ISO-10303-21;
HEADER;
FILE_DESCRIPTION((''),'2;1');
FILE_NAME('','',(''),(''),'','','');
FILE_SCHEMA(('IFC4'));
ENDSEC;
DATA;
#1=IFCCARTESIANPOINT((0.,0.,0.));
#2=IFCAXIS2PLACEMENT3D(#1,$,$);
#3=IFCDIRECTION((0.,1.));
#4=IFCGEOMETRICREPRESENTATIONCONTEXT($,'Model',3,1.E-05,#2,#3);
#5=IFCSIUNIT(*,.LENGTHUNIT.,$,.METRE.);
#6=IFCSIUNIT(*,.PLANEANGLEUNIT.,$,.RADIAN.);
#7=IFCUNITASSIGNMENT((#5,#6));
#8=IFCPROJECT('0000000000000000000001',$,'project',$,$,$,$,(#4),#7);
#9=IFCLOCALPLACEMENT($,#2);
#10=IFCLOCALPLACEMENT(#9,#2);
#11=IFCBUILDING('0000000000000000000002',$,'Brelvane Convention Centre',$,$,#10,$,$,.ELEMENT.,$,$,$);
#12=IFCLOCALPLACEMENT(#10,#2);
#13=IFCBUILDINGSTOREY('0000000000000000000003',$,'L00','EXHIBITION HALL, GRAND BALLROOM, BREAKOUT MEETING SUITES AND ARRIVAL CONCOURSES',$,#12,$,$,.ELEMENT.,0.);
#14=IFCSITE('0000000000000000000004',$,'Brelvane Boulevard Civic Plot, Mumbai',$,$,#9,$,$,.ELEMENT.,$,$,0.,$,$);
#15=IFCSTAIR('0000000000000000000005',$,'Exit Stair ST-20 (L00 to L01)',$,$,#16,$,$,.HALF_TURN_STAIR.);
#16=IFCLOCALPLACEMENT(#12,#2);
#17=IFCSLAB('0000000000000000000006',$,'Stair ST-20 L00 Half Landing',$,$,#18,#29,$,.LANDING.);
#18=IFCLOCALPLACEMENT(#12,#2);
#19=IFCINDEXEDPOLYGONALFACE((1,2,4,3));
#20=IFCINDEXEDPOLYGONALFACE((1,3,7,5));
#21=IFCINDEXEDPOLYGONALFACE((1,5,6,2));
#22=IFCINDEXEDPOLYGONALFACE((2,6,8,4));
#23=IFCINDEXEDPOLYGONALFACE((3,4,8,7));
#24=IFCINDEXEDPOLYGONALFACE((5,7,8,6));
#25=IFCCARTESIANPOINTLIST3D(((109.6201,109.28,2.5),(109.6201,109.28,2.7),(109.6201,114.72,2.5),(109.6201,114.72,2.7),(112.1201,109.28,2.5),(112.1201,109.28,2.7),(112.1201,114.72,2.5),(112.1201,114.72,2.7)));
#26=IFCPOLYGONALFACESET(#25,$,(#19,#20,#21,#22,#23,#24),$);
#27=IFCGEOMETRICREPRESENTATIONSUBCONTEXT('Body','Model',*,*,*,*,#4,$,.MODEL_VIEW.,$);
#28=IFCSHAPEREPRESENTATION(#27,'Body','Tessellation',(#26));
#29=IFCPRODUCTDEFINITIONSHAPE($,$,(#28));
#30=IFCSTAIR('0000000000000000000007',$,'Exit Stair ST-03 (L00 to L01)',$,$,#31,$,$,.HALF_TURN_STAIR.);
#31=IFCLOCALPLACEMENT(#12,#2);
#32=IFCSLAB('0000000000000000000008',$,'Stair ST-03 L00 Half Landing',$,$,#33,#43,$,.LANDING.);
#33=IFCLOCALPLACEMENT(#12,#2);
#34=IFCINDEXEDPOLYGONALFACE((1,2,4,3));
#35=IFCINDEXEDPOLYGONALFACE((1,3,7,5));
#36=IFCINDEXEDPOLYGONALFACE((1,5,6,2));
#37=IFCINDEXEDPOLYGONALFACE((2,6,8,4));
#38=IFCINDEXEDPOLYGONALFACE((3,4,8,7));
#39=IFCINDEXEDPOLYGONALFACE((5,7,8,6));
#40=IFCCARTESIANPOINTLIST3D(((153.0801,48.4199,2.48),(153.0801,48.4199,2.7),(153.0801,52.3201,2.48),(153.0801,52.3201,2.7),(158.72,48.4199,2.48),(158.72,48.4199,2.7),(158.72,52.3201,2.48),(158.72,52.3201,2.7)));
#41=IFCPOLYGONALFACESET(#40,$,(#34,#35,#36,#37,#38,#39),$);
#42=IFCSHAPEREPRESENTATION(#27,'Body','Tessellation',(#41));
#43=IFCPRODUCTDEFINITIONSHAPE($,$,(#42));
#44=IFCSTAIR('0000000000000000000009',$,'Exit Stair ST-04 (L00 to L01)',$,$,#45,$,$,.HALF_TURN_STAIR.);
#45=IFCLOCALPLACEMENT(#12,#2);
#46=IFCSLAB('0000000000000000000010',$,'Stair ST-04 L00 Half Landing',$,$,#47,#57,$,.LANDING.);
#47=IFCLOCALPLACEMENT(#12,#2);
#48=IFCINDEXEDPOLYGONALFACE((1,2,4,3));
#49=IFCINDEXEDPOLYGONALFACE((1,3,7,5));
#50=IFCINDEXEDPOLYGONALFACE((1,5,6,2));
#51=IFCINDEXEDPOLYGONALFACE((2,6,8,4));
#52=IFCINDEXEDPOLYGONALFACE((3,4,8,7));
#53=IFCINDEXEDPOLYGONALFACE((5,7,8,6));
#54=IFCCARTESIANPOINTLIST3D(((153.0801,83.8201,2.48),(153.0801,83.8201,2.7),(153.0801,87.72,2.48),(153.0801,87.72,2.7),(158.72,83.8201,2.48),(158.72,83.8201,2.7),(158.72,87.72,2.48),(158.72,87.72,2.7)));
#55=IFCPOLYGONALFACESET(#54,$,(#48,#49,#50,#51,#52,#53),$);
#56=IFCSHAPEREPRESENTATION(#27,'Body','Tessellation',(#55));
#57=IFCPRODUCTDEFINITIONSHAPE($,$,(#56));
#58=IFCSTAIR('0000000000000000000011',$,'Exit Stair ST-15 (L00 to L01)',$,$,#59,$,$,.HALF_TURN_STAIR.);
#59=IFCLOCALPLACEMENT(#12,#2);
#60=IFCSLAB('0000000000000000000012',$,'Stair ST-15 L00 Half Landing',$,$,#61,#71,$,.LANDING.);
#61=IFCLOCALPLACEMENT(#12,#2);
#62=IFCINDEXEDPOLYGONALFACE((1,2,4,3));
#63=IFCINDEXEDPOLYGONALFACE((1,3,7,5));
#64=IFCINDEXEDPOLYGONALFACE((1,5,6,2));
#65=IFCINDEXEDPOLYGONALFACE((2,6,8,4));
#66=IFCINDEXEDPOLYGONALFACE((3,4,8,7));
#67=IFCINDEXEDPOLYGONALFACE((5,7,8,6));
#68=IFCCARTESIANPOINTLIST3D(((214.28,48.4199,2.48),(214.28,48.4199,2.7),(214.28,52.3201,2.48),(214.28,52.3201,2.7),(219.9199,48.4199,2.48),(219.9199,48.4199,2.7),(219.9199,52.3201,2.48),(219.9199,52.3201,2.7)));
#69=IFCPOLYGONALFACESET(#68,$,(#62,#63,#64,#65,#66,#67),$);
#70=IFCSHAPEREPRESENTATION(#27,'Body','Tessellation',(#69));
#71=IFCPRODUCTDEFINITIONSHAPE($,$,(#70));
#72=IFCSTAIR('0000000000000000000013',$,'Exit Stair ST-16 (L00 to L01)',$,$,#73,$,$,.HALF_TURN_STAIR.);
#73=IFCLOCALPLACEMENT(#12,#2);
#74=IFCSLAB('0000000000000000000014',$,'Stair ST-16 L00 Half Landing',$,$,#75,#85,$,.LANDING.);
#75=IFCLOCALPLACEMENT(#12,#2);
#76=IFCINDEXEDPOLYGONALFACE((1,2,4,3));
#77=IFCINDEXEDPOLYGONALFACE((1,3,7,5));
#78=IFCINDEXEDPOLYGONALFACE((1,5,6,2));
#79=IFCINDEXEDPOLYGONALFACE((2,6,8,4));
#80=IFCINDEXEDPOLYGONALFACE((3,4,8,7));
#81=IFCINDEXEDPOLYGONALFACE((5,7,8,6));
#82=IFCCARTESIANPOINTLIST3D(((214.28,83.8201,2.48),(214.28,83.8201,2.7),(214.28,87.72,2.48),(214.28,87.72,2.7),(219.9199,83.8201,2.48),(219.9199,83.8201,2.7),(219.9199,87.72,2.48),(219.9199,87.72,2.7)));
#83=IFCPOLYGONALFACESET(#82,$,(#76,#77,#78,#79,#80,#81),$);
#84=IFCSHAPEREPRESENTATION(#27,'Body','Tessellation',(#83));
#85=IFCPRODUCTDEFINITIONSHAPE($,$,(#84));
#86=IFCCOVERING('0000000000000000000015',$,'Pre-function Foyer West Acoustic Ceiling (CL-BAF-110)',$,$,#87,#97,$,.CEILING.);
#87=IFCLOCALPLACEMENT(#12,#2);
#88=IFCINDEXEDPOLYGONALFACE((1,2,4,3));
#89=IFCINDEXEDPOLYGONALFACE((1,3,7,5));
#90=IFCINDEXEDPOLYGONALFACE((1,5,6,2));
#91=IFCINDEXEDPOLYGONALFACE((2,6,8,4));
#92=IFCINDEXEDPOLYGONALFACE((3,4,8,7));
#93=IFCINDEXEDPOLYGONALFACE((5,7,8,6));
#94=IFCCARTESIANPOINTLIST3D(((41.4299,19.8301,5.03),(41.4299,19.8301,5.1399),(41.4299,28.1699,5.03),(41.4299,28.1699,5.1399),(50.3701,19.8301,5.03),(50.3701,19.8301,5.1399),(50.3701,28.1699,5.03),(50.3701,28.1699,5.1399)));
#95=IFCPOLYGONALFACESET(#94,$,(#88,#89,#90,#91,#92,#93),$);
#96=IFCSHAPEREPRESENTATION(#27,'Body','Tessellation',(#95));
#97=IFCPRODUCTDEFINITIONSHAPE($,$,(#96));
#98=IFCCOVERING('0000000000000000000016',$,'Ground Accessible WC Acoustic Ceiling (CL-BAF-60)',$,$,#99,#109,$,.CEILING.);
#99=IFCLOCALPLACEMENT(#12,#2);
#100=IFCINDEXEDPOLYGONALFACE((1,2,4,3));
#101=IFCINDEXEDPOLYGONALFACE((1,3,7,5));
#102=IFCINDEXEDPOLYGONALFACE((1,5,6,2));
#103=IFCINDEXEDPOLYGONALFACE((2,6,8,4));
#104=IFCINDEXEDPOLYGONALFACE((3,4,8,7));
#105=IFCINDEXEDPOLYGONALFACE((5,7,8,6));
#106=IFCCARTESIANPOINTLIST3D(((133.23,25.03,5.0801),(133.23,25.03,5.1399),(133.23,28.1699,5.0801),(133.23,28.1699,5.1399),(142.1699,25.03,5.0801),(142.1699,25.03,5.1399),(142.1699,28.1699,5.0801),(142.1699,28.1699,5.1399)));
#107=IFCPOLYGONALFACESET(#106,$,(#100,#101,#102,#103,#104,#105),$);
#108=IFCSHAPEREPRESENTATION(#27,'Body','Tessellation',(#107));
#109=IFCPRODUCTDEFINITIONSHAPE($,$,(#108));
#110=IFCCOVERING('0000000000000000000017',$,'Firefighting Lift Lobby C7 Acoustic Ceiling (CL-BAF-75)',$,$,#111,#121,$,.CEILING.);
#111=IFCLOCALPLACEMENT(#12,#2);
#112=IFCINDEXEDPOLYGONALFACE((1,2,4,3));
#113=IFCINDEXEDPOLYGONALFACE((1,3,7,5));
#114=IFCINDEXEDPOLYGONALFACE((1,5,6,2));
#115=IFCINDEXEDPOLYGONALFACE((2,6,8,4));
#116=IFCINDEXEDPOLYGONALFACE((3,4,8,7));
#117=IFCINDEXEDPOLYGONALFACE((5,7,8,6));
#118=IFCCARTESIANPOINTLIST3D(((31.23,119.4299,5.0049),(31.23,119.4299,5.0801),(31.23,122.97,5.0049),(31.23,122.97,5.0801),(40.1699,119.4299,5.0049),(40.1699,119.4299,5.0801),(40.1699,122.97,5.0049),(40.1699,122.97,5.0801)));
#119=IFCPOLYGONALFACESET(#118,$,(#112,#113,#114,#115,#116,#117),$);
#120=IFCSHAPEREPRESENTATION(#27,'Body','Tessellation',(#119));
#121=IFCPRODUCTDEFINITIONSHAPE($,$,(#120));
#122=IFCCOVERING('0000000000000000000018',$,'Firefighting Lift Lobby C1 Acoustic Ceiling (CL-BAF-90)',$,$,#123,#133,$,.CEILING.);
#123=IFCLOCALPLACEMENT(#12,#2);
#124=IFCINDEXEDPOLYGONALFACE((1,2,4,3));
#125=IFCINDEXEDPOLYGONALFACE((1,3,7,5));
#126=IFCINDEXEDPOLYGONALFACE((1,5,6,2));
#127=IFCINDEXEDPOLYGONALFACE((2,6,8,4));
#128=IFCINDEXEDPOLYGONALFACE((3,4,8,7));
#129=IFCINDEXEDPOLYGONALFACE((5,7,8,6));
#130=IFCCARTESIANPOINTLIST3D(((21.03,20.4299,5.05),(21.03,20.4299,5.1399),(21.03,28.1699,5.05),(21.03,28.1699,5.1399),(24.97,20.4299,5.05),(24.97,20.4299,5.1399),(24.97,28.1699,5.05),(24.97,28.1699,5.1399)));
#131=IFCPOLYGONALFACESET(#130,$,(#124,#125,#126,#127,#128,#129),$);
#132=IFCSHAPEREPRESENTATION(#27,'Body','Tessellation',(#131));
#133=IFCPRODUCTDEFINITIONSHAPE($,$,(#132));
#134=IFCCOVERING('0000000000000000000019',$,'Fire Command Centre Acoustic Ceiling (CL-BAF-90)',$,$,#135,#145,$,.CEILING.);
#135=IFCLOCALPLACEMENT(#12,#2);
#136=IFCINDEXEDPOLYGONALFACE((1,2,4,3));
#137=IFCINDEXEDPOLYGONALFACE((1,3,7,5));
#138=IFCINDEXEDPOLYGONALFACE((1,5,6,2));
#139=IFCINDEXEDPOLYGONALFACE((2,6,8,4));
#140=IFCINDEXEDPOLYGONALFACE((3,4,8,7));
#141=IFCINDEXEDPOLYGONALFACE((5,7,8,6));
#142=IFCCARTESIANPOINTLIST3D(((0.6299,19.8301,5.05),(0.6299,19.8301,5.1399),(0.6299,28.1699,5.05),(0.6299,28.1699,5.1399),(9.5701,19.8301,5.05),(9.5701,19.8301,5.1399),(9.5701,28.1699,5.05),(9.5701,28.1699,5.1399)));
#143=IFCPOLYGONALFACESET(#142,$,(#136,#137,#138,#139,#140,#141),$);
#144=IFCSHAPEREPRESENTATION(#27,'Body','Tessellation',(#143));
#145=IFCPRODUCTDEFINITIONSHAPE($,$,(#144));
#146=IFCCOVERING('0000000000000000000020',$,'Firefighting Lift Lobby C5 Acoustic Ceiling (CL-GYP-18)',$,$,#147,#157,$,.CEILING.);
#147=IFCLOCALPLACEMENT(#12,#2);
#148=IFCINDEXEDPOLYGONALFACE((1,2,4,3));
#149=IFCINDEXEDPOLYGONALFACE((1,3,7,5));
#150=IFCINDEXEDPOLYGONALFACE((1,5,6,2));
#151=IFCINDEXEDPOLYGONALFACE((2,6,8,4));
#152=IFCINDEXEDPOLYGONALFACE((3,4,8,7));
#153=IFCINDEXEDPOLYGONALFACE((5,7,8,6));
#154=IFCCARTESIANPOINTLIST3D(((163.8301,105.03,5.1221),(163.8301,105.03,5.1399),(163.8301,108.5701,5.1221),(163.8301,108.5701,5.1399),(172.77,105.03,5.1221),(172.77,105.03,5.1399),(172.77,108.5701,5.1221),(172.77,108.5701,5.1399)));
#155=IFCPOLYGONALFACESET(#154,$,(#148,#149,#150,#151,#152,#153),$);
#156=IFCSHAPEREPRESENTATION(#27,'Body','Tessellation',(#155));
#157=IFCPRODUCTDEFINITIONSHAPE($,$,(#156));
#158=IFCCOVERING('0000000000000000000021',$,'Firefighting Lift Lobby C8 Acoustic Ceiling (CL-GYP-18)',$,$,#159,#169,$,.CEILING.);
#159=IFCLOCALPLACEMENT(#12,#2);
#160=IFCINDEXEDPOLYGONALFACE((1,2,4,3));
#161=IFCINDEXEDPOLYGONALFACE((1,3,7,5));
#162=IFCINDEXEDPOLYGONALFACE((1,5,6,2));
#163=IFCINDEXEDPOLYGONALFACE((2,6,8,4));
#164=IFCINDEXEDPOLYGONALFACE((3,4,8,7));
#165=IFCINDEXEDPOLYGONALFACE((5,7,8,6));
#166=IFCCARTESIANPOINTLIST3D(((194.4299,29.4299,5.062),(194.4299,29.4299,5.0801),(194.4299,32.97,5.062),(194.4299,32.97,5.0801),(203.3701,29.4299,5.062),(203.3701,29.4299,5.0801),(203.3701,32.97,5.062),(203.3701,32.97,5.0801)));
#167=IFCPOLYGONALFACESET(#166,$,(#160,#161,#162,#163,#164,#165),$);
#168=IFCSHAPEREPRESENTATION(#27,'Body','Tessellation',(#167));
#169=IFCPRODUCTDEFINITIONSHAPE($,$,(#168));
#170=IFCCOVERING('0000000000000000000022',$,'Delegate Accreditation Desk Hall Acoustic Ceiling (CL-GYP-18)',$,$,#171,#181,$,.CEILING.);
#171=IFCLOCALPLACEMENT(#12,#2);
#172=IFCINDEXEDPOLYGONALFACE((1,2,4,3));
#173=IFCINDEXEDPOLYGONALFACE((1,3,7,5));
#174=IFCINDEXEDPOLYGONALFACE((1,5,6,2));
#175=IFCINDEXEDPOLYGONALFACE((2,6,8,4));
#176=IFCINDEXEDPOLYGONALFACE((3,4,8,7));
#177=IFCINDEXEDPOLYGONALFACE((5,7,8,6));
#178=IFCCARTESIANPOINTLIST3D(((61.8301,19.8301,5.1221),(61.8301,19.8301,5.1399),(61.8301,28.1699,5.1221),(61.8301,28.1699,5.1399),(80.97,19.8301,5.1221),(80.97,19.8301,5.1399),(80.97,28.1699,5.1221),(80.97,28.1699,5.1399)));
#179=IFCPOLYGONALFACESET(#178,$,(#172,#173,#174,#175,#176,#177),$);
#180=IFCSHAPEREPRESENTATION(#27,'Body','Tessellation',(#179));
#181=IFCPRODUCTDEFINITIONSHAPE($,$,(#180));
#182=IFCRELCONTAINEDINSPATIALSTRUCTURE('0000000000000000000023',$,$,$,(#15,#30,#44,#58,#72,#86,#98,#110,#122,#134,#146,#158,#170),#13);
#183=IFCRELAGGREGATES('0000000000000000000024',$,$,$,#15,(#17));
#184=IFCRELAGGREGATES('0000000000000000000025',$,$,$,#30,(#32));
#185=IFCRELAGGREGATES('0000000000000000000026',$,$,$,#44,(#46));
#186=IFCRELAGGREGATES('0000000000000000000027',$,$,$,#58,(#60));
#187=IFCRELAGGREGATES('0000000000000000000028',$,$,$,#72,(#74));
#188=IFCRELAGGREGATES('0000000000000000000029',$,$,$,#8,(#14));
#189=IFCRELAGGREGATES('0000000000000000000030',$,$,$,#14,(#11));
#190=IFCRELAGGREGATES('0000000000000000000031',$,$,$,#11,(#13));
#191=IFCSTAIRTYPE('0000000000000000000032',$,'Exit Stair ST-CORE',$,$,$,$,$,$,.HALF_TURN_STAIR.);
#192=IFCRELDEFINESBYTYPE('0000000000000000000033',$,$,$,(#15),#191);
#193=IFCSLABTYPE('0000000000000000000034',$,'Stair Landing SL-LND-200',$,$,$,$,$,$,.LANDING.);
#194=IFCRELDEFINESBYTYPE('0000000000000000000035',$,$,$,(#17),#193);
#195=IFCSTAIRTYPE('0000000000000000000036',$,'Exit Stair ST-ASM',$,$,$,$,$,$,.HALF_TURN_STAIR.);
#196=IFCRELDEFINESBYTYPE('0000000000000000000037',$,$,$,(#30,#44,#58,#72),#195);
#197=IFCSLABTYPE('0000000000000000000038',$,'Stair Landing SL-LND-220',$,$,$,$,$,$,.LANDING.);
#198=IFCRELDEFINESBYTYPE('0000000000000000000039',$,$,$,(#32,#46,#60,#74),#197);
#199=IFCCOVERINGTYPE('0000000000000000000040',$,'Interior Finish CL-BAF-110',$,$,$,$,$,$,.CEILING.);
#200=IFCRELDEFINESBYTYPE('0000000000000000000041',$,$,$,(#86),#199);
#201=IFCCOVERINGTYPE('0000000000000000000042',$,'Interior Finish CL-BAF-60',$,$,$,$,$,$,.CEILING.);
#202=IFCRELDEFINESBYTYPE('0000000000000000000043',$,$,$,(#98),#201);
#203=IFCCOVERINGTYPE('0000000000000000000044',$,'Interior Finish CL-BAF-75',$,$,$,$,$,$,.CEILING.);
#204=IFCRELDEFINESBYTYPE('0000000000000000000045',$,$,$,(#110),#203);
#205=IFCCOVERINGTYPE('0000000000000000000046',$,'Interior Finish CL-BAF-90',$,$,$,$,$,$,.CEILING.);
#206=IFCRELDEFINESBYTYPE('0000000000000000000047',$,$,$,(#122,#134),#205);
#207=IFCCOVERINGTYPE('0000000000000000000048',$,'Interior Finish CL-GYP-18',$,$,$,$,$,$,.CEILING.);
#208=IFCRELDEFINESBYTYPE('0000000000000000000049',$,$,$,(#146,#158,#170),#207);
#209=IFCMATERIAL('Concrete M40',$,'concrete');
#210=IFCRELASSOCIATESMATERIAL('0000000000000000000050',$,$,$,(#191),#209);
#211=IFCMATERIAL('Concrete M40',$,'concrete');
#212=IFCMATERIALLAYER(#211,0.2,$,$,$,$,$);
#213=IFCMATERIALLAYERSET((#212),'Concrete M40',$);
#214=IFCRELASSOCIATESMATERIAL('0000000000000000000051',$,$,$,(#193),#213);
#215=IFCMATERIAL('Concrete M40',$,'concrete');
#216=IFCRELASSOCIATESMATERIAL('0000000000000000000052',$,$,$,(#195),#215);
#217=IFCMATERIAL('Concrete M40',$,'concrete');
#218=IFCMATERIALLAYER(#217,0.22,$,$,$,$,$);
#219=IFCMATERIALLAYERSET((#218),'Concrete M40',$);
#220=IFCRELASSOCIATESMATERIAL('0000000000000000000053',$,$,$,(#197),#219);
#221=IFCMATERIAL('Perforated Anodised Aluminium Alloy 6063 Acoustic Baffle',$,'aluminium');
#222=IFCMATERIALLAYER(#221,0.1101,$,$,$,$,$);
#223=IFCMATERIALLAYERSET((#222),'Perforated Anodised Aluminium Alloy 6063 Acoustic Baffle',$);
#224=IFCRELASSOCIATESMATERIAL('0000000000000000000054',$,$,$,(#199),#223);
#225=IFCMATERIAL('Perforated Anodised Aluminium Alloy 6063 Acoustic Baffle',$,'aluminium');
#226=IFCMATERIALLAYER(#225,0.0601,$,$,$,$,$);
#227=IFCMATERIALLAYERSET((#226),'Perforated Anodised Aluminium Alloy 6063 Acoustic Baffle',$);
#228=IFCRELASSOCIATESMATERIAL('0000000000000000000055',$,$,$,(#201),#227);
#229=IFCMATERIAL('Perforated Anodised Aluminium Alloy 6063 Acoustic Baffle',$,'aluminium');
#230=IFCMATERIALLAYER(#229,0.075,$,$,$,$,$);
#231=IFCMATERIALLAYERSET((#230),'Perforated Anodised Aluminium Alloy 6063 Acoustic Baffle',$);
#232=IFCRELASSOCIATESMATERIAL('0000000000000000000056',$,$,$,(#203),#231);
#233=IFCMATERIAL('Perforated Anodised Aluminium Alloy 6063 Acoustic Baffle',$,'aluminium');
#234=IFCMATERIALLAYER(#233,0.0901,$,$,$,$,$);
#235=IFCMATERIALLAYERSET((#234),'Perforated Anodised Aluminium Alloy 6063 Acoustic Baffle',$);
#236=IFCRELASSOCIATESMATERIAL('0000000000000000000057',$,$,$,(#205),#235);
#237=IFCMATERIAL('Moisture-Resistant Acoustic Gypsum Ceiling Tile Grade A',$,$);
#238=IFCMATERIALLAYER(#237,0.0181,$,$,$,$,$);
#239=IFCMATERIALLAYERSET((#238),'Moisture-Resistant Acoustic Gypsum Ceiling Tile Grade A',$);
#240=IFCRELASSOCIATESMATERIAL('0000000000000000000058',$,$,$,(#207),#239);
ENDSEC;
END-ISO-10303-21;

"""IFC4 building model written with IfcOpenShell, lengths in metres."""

from ifc_helpers import new_model, si_unit, direction, frame, origin, place, context, subcontext, project, spatial, polyline, outline, extrude, material, layer, layer_set, type_object, element, aggregate, save


model = new_model("IFC4")

# Units and contexts
model_context = context("Model", 3, precision=1e-05, world=origin(), true_north=direction((0.0, 1.0)))
body_context = subcontext(model_context, "Body", "Model", "MODEL_VIEW")
ifc_project = project(units=[si_unit("LENGTHUNIT", "METRE"), si_unit("PLANEANGLEUNIT", "RADIAN")], contexts=[model_context])

# Site, building, storey
site_placement = place(None, origin())
site = spatial("IfcSite", under=ifc_project, at=site_placement, Name="Brelvane Boulevard Civic Plot, Mumbai", CompositionType="ELEMENT", RefElevation=0.0)
building_placement = place(site_placement, origin())
building = spatial("IfcBuilding", under=site, at=building_placement, Name="Brelvane Convention Centre", CompositionType="ELEMENT")
storey_placement = place(building_placement, origin())
storey = spatial("IfcBuildingStorey", under=building, at=storey_placement, Name="L00", Description="EXHIBITION HALL, GRAND BALLROOM, BREAKOUT MEETING SUITES AND ARRIVAL CONCOURSES", CompositionType="ELEMENT", Elevation=0.0)

# Stairs, slabs
ifc_material_1 = material(Name="Concrete M40", Category="concrete")
stair_type_1 = type_object("IfcStairType", Name="Exit Stair ST-CORE", PredefinedType="HALF_TURN_STAIR", material=ifc_material_1)
ifc_material_2 = material(Name="Concrete M40", Category="concrete")
ifc_layer_1 = layer(ifc_material_2, 0.2)
ifc_layer_set_1 = layer_set([ifc_layer_1], Name="Concrete M40")
slab_type_1 = type_object("IfcSlabType", Name="Stair Landing SL-LND-200", PredefinedType="LANDING", material=ifc_layer_set_1)
stair_1_placement = place(storey_placement, origin())
stair_1 = element("IfcStair", 1, at=stair_1_placement, inside=storey, type_object=stair_type_1, Name="Exit Stair ST-20 (L00 to L01)", PredefinedType="HALF_TURN_STAIR")
slab_1_placement = place(storey_placement, frame((0.0, 0.0, 2.5)))
slab_1 = element("IfcSlab", 2, at=slab_1_placement, type_object=slab_type_1, Name="Stair ST-20 L00 Half Landing", PredefinedType="LANDING", context=body_context, shape_type="SweptSolid", body=[
    extrude(outline(polyline([(109.6201, 109.28), (112.1201, 109.28), (112.1201, 114.72), (109.6201, 114.72), (109.6201, 109.28)])), origin(), (0.0, 0.0, 1.0), 0.2),
])
aggregate(stair_1, [slab_1])
ifc_material_3 = material(Name="Concrete M40", Category="concrete")
stair_type_2 = type_object("IfcStairType", Name="Exit Stair ST-ASM", PredefinedType="HALF_TURN_STAIR", material=ifc_material_3)
stair_2_placement = place(storey_placement, origin())
stair_2 = element("IfcStair", 3, at=stair_2_placement, inside=storey, type_object=stair_type_2, Name="Exit Stair ST-03 (L00 to L01)", PredefinedType="HALF_TURN_STAIR")
ifc_material_4 = material(Name="Concrete M40", Category="concrete")
ifc_layer_2 = layer(ifc_material_4, 0.22)
ifc_layer_set_2 = layer_set([ifc_layer_2], Name="Concrete M40")
slab_type_2 = type_object("IfcSlabType", Name="Stair Landing SL-LND-220", PredefinedType="LANDING", material=ifc_layer_set_2)
slab_2_placement = place(storey_placement, frame((0.0, 0.0, 2.48)))
slab_2 = element("IfcSlab", 4, at=slab_2_placement, type_object=slab_type_2, Name="Stair ST-03 L00 Half Landing", PredefinedType="LANDING", context=body_context, shape_type="SweptSolid", body=[
    extrude(outline(polyline([(153.0801, 48.4199), (158.72, 48.4199), (158.72, 52.3201), (153.0801, 52.3201), (153.0801, 48.4199)])), origin(), (0.0, 0.0, 1.0), 0.22),
])
aggregate(stair_2, [slab_2])
stair_3_placement = place(storey_placement, origin())
stair_3 = element("IfcStair", 5, at=stair_3_placement, inside=storey, type_object=stair_type_2, Name="Exit Stair ST-04 (L00 to L01)", PredefinedType="HALF_TURN_STAIR")
slab_3_placement = place(storey_placement, frame((0.0, 0.0, 2.48)))
slab_3 = element("IfcSlab", 6, at=slab_3_placement, type_object=slab_type_2, Name="Stair ST-04 L00 Half Landing", PredefinedType="LANDING", context=body_context, shape_type="SweptSolid", body=[
    extrude(outline(polyline([(153.0801, 83.8201), (158.72, 83.8201), (158.72, 87.72), (153.0801, 87.72), (153.0801, 83.8201)])), origin(), (0.0, 0.0, 1.0), 0.22),
])
aggregate(stair_3, [slab_3])
stair_4_placement = place(storey_placement, origin())
stair_4 = element("IfcStair", 7, at=stair_4_placement, inside=storey, type_object=stair_type_2, Name="Exit Stair ST-15 (L00 to L01)", PredefinedType="HALF_TURN_STAIR")
slab_4_placement = place(storey_placement, frame((0.0, 0.0, 2.48)))
slab_4 = element("IfcSlab", 8, at=slab_4_placement, type_object=slab_type_2, Name="Stair ST-15 L00 Half Landing", PredefinedType="LANDING", context=body_context, shape_type="SweptSolid", body=[
    extrude(outline(polyline([(214.28, 48.4199), (219.9199, 48.4199), (219.9199, 52.3201), (214.28, 52.3201), (214.28, 48.4199)])), origin(), (0.0, 0.0, 1.0), 0.22),
])
aggregate(stair_4, [slab_4])
stair_5_placement = place(storey_placement, origin())
stair_5 = element("IfcStair", 9, at=stair_5_placement, inside=storey, type_object=stair_type_2, Name="Exit Stair ST-16 (L00 to L01)", PredefinedType="HALF_TURN_STAIR")
slab_5_placement = place(storey_placement, frame((0.0, 0.0, 2.48)))
slab_5 = element("IfcSlab", 10, at=slab_5_placement, type_object=slab_type_2, Name="Stair ST-16 L00 Half Landing", PredefinedType="LANDING", context=body_context, shape_type="SweptSolid", body=[
    extrude(outline(polyline([(214.28, 83.8201), (219.9199, 83.8201), (219.9199, 87.72), (214.28, 87.72), (214.28, 83.8201)])), origin(), (0.0, 0.0, 1.0), 0.22),
])
aggregate(stair_5, [slab_5])

# Coverings
ifc_material_5 = material(Name="Perforated Anodised Aluminium Alloy 6063 Acoustic Baffle", Category="aluminium")
ifc_layer_3 = layer(ifc_material_5, 0.1101)
ifc_layer_set_3 = layer_set([ifc_layer_3], Name="Perforated Anodised Aluminium Alloy 6063 Acoustic Baffle")
covering_type_1 = type_object("IfcCoveringType", Name="Interior Finish CL-BAF-110", PredefinedType="CEILING", material=ifc_layer_set_3)
covering_1_placement = place(storey_placement, frame((0.0, 0.0, 5.03)))
element("IfcCovering", 11, at=covering_1_placement, inside=storey, type_object=covering_type_1, Name="Pre-function Foyer West Acoustic Ceiling (CL-BAF-110)", PredefinedType="CEILING", context=body_context, shape_type="SweptSolid", body=[
    extrude(outline(polyline([(41.4299, 19.8301), (50.3701, 19.8301), (50.3701, 28.1699), (41.4299, 28.1699), (41.4299, 19.8301)])), origin(), (0.0, 0.0, 1.0), 0.1099),
])
ifc_material_6 = material(Name="Perforated Anodised Aluminium Alloy 6063 Acoustic Baffle", Category="aluminium")
ifc_layer_4 = layer(ifc_material_6, 0.0601)
ifc_layer_set_4 = layer_set([ifc_layer_4], Name="Perforated Anodised Aluminium Alloy 6063 Acoustic Baffle")
covering_type_2 = type_object("IfcCoveringType", Name="Interior Finish CL-BAF-60", PredefinedType="CEILING", material=ifc_layer_set_4)
covering_2_placement = place(storey_placement, frame((0.0, 0.0, 5.0801)))
element("IfcCovering", 12, at=covering_2_placement, inside=storey, type_object=covering_type_2, Name="Ground Accessible WC Acoustic Ceiling (CL-BAF-60)", PredefinedType="CEILING", context=body_context, shape_type="SweptSolid", body=[
    extrude(outline(polyline([(133.23, 25.03), (142.1699, 25.03), (142.1699, 28.1699), (133.23, 28.1699), (133.23, 25.03)])), origin(), (0.0, 0.0, 1.0), 0.0598),
])
ifc_material_7 = material(Name="Perforated Anodised Aluminium Alloy 6063 Acoustic Baffle", Category="aluminium")
ifc_layer_5 = layer(ifc_material_7, 0.075)
ifc_layer_set_5 = layer_set([ifc_layer_5], Name="Perforated Anodised Aluminium Alloy 6063 Acoustic Baffle")
covering_type_3 = type_object("IfcCoveringType", Name="Interior Finish CL-BAF-75", PredefinedType="CEILING", material=ifc_layer_set_5)
covering_3_placement = place(storey_placement, frame((0.0, 0.0, 5.0049)))
element("IfcCovering", 13, at=covering_3_placement, inside=storey, type_object=covering_type_3, Name="Firefighting Lift Lobby C7 Acoustic Ceiling (CL-BAF-75)", PredefinedType="CEILING", context=body_context, shape_type="SweptSolid", body=[
    extrude(outline(polyline([(31.23, 119.4299), (40.1699, 119.4299), (40.1699, 122.97), (31.23, 122.97), (31.23, 119.4299)])), origin(), (0.0, 0.0, 1.0), 0.0752),
])
ifc_material_8 = material(Name="Perforated Anodised Aluminium Alloy 6063 Acoustic Baffle", Category="aluminium")
ifc_layer_6 = layer(ifc_material_8, 0.0901)
ifc_layer_set_6 = layer_set([ifc_layer_6], Name="Perforated Anodised Aluminium Alloy 6063 Acoustic Baffle")
covering_type_4 = type_object("IfcCoveringType", Name="Interior Finish CL-BAF-90", PredefinedType="CEILING", material=ifc_layer_set_6)
covering_4_placement = place(storey_placement, frame((0.0, 0.0, 5.05)))
element("IfcCovering", 14, at=covering_4_placement, inside=storey, type_object=covering_type_4, Name="Firefighting Lift Lobby C1 Acoustic Ceiling (CL-BAF-90)", PredefinedType="CEILING", context=body_context, shape_type="SweptSolid", body=[
    extrude(outline(polyline([(21.03, 20.4299), (24.97, 20.4299), (24.97, 28.1699), (21.03, 28.1699), (21.03, 20.4299)])), origin(), (0.0, 0.0, 1.0), 0.0898),
])
covering_5_placement = place(storey_placement, frame((0.0, 0.0, 5.05)))
element("IfcCovering", 15, at=covering_5_placement, inside=storey, type_object=covering_type_4, Name="Fire Command Centre Acoustic Ceiling (CL-BAF-90)", PredefinedType="CEILING", context=body_context, shape_type="SweptSolid", body=[
    extrude(outline(polyline([(0.6299, 19.8301), (9.5701, 19.8301), (9.5701, 28.1699), (0.6299, 28.1699), (0.6299, 19.8301)])), origin(), (0.0, 0.0, 1.0), 0.0898),
])
ifc_material_9 = material(Name="Moisture-Resistant Acoustic Gypsum Ceiling Tile Grade A")
ifc_layer_7 = layer(ifc_material_9, 0.0181)
ifc_layer_set_7 = layer_set([ifc_layer_7], Name="Moisture-Resistant Acoustic Gypsum Ceiling Tile Grade A")
covering_type_5 = type_object("IfcCoveringType", Name="Interior Finish CL-GYP-18", PredefinedType="CEILING", material=ifc_layer_set_7)
covering_6_placement = place(storey_placement, frame((0.0, 0.0, 5.1221)))
element("IfcCovering", 16, at=covering_6_placement, inside=storey, type_object=covering_type_5, Name="Firefighting Lift Lobby C5 Acoustic Ceiling (CL-GYP-18)", PredefinedType="CEILING", context=body_context, shape_type="SweptSolid", body=[
    extrude(outline(polyline([(163.8301, 105.03), (172.77, 105.03), (172.77, 108.5701), (163.8301, 108.5701), (163.8301, 105.03)])), origin(), (0.0, 0.0, 1.0), 0.0178),
])
covering_7_placement = place(storey_placement, frame((0.0, 0.0, 5.062)))
element("IfcCovering", 17, at=covering_7_placement, inside=storey, type_object=covering_type_5, Name="Firefighting Lift Lobby C8 Acoustic Ceiling (CL-GYP-18)", PredefinedType="CEILING", context=body_context, shape_type="SweptSolid", body=[
    extrude(outline(polyline([(194.4299, 29.4299), (203.3701, 29.4299), (203.3701, 32.97), (194.4299, 32.97), (194.4299, 29.4299)])), origin(), (0.0, 0.0, 1.0), 0.0181),
])
covering_8_placement = place(storey_placement, frame((0.0, 0.0, 5.1221)))
element("IfcCovering", 18, at=covering_8_placement, inside=storey, type_object=covering_type_5, Name="Delegate Accreditation Desk Hall Acoustic Ceiling (CL-GYP-18)", PredefinedType="CEILING", context=body_context, shape_type="SweptSolid", body=[
    extrude(outline(polyline([(61.8301, 19.8301), (80.97, 19.8301), (80.97, 28.1699), (61.8301, 28.1699), (61.8301, 19.8301)])), origin(), (0.0, 0.0, 1.0), 0.0178),
])

save(model, "model.ifc")
